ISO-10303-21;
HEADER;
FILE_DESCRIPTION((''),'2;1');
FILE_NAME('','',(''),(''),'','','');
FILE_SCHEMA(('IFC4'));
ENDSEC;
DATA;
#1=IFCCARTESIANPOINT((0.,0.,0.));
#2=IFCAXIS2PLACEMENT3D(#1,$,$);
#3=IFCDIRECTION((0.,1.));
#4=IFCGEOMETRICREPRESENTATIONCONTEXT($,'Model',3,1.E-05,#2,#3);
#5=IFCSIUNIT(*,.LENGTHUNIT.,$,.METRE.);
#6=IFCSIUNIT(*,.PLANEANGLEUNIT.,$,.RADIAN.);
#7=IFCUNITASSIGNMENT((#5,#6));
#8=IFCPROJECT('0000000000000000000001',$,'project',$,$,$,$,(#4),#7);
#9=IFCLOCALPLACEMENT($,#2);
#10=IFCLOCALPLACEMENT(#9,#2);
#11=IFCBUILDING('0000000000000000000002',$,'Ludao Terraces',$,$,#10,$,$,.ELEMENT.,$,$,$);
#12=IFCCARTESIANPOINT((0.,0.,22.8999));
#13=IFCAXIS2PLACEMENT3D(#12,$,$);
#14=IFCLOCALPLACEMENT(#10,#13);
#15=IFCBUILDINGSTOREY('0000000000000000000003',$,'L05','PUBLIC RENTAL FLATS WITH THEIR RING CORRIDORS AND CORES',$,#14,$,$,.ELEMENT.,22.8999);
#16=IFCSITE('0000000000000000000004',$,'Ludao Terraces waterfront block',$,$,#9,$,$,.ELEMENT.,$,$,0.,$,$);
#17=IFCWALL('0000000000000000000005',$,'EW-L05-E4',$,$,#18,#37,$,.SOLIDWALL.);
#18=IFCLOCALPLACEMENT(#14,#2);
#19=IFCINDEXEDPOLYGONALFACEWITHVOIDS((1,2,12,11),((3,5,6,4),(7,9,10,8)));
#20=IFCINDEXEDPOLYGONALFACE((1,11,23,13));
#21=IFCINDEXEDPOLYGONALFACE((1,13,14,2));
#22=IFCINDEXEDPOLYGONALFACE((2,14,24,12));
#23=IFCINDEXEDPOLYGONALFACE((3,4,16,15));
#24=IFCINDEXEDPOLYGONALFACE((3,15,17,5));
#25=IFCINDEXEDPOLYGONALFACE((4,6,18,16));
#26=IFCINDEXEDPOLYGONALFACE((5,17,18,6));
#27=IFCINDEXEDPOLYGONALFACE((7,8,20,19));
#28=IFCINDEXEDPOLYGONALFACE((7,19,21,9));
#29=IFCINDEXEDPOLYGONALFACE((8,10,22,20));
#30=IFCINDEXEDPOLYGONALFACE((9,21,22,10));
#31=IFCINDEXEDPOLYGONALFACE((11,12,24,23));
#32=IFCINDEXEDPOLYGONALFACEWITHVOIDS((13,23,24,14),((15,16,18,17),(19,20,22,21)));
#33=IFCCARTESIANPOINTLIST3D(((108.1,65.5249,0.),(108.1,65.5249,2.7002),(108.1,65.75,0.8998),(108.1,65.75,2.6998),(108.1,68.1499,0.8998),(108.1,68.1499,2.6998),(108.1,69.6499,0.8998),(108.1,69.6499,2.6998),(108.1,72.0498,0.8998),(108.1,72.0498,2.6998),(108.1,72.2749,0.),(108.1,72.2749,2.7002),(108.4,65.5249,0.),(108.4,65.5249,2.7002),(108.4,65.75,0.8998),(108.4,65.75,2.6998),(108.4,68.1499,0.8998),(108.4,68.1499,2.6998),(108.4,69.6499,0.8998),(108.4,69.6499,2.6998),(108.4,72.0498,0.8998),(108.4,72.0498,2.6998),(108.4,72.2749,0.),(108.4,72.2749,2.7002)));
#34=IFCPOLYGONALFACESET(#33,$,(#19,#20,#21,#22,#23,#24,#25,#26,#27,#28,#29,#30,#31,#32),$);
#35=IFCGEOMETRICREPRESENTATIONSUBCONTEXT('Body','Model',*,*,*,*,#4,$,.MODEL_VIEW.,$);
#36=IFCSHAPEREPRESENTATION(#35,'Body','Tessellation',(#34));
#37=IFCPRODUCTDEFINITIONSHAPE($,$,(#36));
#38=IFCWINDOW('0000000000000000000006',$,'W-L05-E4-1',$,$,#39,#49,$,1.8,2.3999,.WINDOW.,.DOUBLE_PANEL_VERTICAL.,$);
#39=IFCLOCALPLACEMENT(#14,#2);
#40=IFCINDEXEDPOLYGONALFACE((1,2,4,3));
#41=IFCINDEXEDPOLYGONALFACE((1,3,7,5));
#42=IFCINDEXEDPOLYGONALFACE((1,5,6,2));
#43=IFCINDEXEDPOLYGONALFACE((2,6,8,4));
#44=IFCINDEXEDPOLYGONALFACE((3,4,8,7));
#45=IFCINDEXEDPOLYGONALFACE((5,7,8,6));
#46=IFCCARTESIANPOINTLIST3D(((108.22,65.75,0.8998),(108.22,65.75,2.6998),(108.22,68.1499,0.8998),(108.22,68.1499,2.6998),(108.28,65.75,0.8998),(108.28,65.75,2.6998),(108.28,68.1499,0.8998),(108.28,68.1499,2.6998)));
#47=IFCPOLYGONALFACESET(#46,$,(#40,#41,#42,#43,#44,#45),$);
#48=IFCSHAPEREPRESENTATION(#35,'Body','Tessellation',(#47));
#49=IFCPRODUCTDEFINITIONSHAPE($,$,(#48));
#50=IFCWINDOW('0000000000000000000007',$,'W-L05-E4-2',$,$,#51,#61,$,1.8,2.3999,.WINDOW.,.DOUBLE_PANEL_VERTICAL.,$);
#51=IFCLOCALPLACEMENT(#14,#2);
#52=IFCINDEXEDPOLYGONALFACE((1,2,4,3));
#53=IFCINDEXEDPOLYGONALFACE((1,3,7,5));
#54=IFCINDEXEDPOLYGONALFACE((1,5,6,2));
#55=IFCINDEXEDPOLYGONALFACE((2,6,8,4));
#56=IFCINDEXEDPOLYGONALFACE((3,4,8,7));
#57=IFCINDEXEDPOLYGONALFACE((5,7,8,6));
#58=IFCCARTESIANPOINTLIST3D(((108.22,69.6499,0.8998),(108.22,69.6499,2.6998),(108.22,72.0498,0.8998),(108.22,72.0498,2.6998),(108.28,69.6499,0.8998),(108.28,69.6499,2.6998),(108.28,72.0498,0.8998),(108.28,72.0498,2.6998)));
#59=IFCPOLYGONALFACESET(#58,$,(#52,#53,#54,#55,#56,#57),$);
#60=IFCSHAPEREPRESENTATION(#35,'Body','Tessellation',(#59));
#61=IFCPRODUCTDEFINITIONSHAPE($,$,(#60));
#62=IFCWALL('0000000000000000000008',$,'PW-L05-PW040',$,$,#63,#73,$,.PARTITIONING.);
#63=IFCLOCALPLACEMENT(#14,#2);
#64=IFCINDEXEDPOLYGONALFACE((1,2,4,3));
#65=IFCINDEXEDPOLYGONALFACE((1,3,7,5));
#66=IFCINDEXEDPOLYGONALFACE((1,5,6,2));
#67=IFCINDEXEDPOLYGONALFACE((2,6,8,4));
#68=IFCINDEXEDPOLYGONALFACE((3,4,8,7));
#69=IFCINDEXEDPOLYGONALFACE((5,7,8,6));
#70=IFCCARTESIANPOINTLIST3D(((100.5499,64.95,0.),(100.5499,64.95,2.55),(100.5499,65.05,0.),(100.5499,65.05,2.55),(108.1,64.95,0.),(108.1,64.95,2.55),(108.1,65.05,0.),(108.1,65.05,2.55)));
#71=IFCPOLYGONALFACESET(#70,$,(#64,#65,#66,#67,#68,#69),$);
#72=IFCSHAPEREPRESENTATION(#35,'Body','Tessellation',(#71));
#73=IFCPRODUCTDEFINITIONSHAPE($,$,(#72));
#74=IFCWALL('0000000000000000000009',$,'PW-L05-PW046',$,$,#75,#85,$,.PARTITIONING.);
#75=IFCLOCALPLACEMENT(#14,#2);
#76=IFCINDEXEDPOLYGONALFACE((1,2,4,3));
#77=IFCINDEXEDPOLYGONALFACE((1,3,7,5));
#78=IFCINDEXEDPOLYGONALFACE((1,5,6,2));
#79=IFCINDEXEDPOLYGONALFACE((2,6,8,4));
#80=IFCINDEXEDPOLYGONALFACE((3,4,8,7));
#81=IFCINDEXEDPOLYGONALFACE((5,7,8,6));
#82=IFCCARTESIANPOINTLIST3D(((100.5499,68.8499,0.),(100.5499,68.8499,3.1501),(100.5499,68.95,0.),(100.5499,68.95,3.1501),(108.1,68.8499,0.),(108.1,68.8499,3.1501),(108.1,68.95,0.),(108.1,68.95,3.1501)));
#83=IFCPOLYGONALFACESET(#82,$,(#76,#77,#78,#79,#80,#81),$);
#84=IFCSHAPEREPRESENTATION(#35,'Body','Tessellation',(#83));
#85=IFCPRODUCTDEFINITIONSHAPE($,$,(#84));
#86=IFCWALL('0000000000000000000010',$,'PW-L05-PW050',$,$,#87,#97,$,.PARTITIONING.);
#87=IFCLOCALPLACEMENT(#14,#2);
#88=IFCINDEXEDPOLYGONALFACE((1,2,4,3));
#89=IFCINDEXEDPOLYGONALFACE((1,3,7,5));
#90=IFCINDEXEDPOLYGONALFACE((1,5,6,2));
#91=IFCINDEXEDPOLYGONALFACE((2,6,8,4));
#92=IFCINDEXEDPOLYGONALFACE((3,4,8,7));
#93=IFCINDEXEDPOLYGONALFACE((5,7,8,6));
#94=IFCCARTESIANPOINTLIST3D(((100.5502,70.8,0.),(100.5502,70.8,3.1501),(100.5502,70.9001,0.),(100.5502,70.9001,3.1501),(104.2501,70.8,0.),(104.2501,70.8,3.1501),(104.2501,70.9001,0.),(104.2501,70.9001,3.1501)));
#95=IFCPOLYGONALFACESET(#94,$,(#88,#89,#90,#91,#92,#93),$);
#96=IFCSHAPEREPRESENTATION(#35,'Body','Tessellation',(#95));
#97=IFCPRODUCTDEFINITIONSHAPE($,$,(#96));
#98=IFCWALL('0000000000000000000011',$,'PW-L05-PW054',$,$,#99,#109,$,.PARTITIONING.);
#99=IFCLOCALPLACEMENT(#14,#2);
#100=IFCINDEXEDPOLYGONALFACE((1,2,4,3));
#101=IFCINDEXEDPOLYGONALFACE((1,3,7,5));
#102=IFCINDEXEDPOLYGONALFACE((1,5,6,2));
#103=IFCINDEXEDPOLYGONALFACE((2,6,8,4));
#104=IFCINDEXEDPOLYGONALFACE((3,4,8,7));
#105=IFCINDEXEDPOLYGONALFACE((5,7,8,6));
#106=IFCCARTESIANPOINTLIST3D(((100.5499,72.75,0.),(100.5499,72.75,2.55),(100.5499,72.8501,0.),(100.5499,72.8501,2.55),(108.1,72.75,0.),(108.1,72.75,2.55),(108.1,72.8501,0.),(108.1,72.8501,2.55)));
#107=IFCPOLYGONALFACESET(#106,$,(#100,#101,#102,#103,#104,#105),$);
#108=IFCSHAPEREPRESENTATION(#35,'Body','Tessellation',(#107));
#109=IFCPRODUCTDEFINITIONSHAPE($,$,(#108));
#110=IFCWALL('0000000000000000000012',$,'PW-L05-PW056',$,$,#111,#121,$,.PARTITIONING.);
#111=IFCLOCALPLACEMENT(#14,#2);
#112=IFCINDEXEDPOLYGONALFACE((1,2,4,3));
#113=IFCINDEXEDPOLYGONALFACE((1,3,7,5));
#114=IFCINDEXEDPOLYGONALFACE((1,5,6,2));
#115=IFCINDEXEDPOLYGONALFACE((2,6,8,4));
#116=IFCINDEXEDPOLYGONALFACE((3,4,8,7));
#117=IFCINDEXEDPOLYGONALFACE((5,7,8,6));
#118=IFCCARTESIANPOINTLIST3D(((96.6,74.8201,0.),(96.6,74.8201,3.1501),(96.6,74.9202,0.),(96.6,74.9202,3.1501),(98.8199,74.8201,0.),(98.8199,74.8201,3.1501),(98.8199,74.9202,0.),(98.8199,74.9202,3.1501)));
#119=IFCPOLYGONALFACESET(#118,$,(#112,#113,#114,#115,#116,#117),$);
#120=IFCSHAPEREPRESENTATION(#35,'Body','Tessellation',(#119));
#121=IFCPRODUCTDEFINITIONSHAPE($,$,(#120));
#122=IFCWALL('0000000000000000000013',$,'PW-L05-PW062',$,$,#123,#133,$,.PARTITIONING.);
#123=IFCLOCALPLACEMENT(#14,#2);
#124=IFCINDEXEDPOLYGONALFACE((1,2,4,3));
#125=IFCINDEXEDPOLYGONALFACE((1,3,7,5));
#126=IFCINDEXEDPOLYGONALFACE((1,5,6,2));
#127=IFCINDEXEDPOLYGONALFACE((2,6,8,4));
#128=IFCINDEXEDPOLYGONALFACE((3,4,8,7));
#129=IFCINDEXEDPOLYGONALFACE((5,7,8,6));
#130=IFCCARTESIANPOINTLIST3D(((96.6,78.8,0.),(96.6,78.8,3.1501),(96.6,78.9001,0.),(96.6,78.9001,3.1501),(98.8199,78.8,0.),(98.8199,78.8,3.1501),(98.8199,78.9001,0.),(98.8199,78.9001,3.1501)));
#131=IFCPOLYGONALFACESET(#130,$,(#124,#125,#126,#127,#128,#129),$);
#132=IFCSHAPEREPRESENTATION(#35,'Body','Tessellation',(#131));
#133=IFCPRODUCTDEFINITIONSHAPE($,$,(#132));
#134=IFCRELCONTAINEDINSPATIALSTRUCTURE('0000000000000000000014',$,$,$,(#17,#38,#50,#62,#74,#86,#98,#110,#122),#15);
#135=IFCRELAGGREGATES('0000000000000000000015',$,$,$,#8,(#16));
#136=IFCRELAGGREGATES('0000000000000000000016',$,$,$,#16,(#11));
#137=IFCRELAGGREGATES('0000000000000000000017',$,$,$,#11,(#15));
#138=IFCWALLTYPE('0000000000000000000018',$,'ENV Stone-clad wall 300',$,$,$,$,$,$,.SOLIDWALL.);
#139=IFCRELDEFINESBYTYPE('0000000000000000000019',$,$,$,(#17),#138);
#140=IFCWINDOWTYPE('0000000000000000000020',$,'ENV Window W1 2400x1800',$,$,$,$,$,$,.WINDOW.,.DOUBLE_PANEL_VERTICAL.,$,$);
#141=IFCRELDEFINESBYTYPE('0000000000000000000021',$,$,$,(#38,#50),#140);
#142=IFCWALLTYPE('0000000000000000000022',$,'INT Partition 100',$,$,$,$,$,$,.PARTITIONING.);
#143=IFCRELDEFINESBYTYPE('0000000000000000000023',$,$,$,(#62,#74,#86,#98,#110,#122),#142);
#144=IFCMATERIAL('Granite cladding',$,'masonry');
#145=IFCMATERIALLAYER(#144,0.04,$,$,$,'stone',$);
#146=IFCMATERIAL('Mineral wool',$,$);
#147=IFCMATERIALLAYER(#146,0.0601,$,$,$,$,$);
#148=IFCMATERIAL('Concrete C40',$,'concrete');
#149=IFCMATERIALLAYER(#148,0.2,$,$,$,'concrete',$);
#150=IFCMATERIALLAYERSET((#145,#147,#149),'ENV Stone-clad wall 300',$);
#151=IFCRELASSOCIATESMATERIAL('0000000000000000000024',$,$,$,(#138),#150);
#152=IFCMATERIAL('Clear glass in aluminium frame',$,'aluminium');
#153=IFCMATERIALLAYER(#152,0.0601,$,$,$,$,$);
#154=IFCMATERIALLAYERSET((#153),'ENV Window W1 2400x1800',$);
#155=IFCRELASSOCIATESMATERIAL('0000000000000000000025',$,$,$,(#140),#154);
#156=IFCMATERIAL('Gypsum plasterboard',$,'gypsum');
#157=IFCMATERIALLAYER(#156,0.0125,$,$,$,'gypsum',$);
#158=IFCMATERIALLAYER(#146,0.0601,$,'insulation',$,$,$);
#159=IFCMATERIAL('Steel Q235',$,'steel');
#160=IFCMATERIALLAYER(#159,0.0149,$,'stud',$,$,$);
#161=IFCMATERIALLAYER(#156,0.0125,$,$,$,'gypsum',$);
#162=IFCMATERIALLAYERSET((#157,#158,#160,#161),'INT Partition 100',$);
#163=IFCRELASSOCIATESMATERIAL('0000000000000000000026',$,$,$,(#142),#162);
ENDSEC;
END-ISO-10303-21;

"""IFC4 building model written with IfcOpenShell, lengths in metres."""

from ifc_helpers import new_model, si_unit, direction, frame, frame_2d, origin, place, context, subcontext, project, spatial, rectangle, extrude, material, layer, layer_set, type_object, element, fill, save


model = new_model("IFC4")

# Units and contexts
model_context = context("Model", 3, precision=1e-05, world=origin(), true_north=direction((0.0, 1.0)))
body_context = subcontext(model_context, "Body", "Model", "MODEL_VIEW")
ifc_project = project(units=[si_unit("LENGTHUNIT", "METRE"), si_unit("PLANEANGLEUNIT", "RADIAN")], contexts=[model_context])

# Site, building, storey
site_placement = place(None, origin())
site = spatial("IfcSite", under=ifc_project, at=site_placement, Name="Ludao Terraces waterfront block", CompositionType="ELEMENT", RefElevation=0.0)
building_placement = place(site_placement, origin())
building = spatial("IfcBuilding", under=site, at=building_placement, Name="Ludao Terraces", CompositionType="ELEMENT")
storey_placement = place(building_placement, frame((0.0, 0.0, 22.8999)))
storey = spatial("IfcBuildingStorey", under=building, at=storey_placement, Name="L05", Description="PUBLIC RENTAL FLATS WITH THEIR RING CORRIDORS AND CORES", CompositionType="ELEMENT", Elevation=22.8999)

# Shared definitions
ifc_material_1 = material(Name="Concrete C40", Category="concrete")

# Wall, openings, windows
ifc_material_2 = material(Name="Granite cladding", Category="masonry")
ifc_layer_1 = layer(ifc_material_2, 0.04, Category="stone")
ifc_material_3 = material(Name="Mineral wool")
ifc_layer_2 = layer(ifc_material_3, 0.0601)
ifc_layer_3 = layer(ifc_material_1, 0.2, Category="concrete")
ifc_layer_set_1 = layer_set([ifc_layer_1, ifc_layer_2, ifc_layer_3], Name="ENV Stone-clad wall 300")
wall_type_1 = type_object("IfcWallType", Name="ENV Stone-clad wall 300", PredefinedType="SOLIDWALL", material=ifc_layer_set_1)
wall_1_placement = place(storey_placement, frame((108.25, 65.5249, 0.0), z_axis=(0.0, 0.0, 1.0), x_axis=(0.0, 1.0, 0.0)))
wall_1 = element("IfcWall", 1, at=wall_1_placement, inside=storey, type_object=wall_type_1, Name="EW-L05-E4", PredefinedType="SOLIDWALL", context=body_context, shape_type="SweptSolid", body=[
    extrude(rectangle(XDim=6.75, YDim=0.3, at=frame_2d((3.375, 0.0))), origin(), (0.0, 0.0, 1.0), 2.7002),
])
opening_1_placement = place(wall_1_placement, frame((0.2251, 0.0, 0.8999)))
opening_1 = element("IfcOpeningElement", 2, at=opening_1_placement, cuts=wall_1, PredefinedType="OPENING", context=body_context, shape_type="SweptSolid", body=[
    extrude(rectangle(XDim=2.3999, YDim=1.8, at=frame_2d((1.2, 0.8999))), frame((0.0, 0.1602, 0.0), z_axis=(0.0, -1.0, 0.0), x_axis=(1.0, 0.0, 0.0)), (0.0, 0.0, 1.0), 0.3201),
])
opening_2_placement = place(wall_1_placement, frame((4.125, 0.0, 0.8999)))
opening_2 = element("IfcOpeningElement", 3, at=opening_2_placement, cuts=wall_1, PredefinedType="OPENING", context=body_context, shape_type="SweptSolid", body=[
    extrude(rectangle(XDim=2.3999, YDim=1.8, at=frame_2d((1.2, 0.8999))), frame((0.0, 0.1602, 0.0), z_axis=(0.0, -1.0, 0.0), x_axis=(1.0, 0.0, 0.0)), (0.0, 0.0, 1.0), 0.3201),
])
ifc_material_4 = material(Name="Clear glass in aluminium frame", Category="aluminium")
ifc_layer_4 = layer(ifc_material_4, 0.0601)
ifc_layer_set_2 = layer_set([ifc_layer_4], Name="ENV Window W1 2400x1800")
window_type = type_object("IfcWindowType", Name="ENV Window W1 2400x1800", PartitioningType="DOUBLE_PANEL_VERTICAL", PredefinedType="WINDOW", material=ifc_layer_set_2)
window_1_placement = place(opening_1_placement, origin())
window_1 = element("IfcWindow", 4, at=window_1_placement, inside=storey, type_object=window_type, Name="W-L05-E4-1", OverallHeight=1.8, OverallWidth=2.3999, PartitioningType="DOUBLE_PANEL_VERTICAL", PredefinedType="WINDOW", context=body_context, shape_type="SweptSolid", body=[
    extrude(rectangle(XDim=2.3999, YDim=1.8, at=frame_2d((1.2, 0.8999))), frame((0.0, 0.03, 0.0), z_axis=(0.0, -1.0, 0.0), x_axis=(1.0, 0.0, 0.0)), (0.0, 0.0, 1.0), 0.0601),
])
fill(opening_1, window_1)
window_2_placement = place(opening_2_placement, origin())
window_2 = element("IfcWindow", 5, at=window_2_placement, inside=storey, type_object=window_type, Name="W-L05-E4-2", OverallHeight=1.8, OverallWidth=2.3999, PartitioningType="DOUBLE_PANEL_VERTICAL", PredefinedType="WINDOW", context=body_context, shape_type="SweptSolid", body=[
    extrude(rectangle(XDim=2.3999, YDim=1.8, at=frame_2d((1.2, 0.8999))), frame((0.0, 0.03, 0.0), z_axis=(0.0, -1.0, 0.0), x_axis=(1.0, 0.0, 0.0)), (0.0, 0.0, 1.0), 0.0601),
])
fill(opening_2, window_2)

# Walls
ifc_material_5 = material(Name="Gypsum plasterboard", Category="gypsum")
ifc_layer_5 = layer(ifc_material_5, 0.0125, Category="gypsum")
ifc_layer_6 = layer(ifc_material_3, 0.0601, Name="insulation")
ifc_material_6 = material(Name="Steel Q235", Category="steel")
ifc_layer_7 = layer(ifc_material_6, 0.0149, Name="stud")
ifc_layer_8 = layer(ifc_material_5, 0.0125, Category="gypsum")
ifc_layer_set_3 = layer_set([ifc_layer_5, ifc_layer_6, ifc_layer_7, ifc_layer_8], Name="INT Partition 100")
wall_type_2 = type_object("IfcWallType", Name="INT Partition 100", PredefinedType="PARTITIONING", material=ifc_layer_set_3)
wall_2_placement = place(storey_placement, frame((100.55, 65.0, 0.0), z_axis=(0.0, 0.0, 1.0), x_axis=(1.0, 0.0, 0.0)))
element("IfcWall", 6, at=wall_2_placement, inside=storey, type_object=wall_type_2, Name="PW-L05-PW040", PredefinedType="PARTITIONING", context=body_context, shape_type="SweptSolid", body=[
    extrude(rectangle(XDim=7.55, YDim=0.1001, at=frame_2d((3.7749, 0.0))), origin(), (0.0, 0.0, 1.0), 2.55),
])
wall_3_placement = place(storey_placement, frame((100.55, 68.8999, 0.0), z_axis=(0.0, 0.0, 1.0), x_axis=(1.0, 0.0, 0.0)))
element("IfcWall", 7, at=wall_3_placement, inside=storey, type_object=wall_type_2, Name="PW-L05-PW046", PredefinedType="PARTITIONING", context=body_context, shape_type="SweptSolid", body=[
    extrude(rectangle(XDim=7.55, YDim=0.1001, at=frame_2d((3.7749, 0.0))), origin(), (0.0, 0.0, 1.0), 3.1501),
])
wall_4_placement = place(storey_placement, frame((100.55, 70.8501, 0.0), z_axis=(0.0, 0.0, 1.0), x_axis=(1.0, 0.0, 0.0)))
element("IfcWall", 8, at=wall_4_placement, inside=storey, type_object=wall_type_2, Name="PW-L05-PW050", PredefinedType="PARTITIONING", context=body_context, shape_type="SweptSolid", body=[
    extrude(rectangle(XDim=3.7, YDim=0.1001, at=frame_2d((1.8501, 0.0))), origin(), (0.0, 0.0, 1.0), 3.1501),
])
wall_5_placement = place(storey_placement, frame((100.55, 72.8, 0.0), z_axis=(0.0, 0.0, 1.0), x_axis=(1.0, 0.0, 0.0)))
element("IfcWall", 9, at=wall_5_placement, inside=storey, type_object=wall_type_2, Name="PW-L05-PW054", PredefinedType="PARTITIONING", context=body_context, shape_type="SweptSolid", body=[
    extrude(rectangle(XDim=7.55, YDim=0.1001, at=frame_2d((3.7749, 0.0))), origin(), (0.0, 0.0, 1.0), 2.55),
])
for number, where, z_axis, x_axis, name in (
    (10, (96.6001, 74.8701, 0.0), (0.0, 0.0, 1.0), (1.0, 0.0, 0.0), "PW-L05-PW056"),
    (11, (96.6001, 78.8501, 0.0), (0.0, 0.0, 1.0), (1.0, 0.0, 0.0), "PW-L05-PW062"),
):
    element("IfcWall", number, at=place(storey_placement, frame(where, z_axis=z_axis, x_axis=x_axis)), inside=storey, type_object=wall_type_2, Name=name, PredefinedType="PARTITIONING", context=body_context, shape_type="SweptSolid", body=[
        extrude(rectangle(XDim=2.22, YDim=0.1001, at=frame_2d((1.1099, 0.0))), origin(), (0.0, 0.0, 1.0), 3.1501),
    ])

save(model, "model.ifc")
